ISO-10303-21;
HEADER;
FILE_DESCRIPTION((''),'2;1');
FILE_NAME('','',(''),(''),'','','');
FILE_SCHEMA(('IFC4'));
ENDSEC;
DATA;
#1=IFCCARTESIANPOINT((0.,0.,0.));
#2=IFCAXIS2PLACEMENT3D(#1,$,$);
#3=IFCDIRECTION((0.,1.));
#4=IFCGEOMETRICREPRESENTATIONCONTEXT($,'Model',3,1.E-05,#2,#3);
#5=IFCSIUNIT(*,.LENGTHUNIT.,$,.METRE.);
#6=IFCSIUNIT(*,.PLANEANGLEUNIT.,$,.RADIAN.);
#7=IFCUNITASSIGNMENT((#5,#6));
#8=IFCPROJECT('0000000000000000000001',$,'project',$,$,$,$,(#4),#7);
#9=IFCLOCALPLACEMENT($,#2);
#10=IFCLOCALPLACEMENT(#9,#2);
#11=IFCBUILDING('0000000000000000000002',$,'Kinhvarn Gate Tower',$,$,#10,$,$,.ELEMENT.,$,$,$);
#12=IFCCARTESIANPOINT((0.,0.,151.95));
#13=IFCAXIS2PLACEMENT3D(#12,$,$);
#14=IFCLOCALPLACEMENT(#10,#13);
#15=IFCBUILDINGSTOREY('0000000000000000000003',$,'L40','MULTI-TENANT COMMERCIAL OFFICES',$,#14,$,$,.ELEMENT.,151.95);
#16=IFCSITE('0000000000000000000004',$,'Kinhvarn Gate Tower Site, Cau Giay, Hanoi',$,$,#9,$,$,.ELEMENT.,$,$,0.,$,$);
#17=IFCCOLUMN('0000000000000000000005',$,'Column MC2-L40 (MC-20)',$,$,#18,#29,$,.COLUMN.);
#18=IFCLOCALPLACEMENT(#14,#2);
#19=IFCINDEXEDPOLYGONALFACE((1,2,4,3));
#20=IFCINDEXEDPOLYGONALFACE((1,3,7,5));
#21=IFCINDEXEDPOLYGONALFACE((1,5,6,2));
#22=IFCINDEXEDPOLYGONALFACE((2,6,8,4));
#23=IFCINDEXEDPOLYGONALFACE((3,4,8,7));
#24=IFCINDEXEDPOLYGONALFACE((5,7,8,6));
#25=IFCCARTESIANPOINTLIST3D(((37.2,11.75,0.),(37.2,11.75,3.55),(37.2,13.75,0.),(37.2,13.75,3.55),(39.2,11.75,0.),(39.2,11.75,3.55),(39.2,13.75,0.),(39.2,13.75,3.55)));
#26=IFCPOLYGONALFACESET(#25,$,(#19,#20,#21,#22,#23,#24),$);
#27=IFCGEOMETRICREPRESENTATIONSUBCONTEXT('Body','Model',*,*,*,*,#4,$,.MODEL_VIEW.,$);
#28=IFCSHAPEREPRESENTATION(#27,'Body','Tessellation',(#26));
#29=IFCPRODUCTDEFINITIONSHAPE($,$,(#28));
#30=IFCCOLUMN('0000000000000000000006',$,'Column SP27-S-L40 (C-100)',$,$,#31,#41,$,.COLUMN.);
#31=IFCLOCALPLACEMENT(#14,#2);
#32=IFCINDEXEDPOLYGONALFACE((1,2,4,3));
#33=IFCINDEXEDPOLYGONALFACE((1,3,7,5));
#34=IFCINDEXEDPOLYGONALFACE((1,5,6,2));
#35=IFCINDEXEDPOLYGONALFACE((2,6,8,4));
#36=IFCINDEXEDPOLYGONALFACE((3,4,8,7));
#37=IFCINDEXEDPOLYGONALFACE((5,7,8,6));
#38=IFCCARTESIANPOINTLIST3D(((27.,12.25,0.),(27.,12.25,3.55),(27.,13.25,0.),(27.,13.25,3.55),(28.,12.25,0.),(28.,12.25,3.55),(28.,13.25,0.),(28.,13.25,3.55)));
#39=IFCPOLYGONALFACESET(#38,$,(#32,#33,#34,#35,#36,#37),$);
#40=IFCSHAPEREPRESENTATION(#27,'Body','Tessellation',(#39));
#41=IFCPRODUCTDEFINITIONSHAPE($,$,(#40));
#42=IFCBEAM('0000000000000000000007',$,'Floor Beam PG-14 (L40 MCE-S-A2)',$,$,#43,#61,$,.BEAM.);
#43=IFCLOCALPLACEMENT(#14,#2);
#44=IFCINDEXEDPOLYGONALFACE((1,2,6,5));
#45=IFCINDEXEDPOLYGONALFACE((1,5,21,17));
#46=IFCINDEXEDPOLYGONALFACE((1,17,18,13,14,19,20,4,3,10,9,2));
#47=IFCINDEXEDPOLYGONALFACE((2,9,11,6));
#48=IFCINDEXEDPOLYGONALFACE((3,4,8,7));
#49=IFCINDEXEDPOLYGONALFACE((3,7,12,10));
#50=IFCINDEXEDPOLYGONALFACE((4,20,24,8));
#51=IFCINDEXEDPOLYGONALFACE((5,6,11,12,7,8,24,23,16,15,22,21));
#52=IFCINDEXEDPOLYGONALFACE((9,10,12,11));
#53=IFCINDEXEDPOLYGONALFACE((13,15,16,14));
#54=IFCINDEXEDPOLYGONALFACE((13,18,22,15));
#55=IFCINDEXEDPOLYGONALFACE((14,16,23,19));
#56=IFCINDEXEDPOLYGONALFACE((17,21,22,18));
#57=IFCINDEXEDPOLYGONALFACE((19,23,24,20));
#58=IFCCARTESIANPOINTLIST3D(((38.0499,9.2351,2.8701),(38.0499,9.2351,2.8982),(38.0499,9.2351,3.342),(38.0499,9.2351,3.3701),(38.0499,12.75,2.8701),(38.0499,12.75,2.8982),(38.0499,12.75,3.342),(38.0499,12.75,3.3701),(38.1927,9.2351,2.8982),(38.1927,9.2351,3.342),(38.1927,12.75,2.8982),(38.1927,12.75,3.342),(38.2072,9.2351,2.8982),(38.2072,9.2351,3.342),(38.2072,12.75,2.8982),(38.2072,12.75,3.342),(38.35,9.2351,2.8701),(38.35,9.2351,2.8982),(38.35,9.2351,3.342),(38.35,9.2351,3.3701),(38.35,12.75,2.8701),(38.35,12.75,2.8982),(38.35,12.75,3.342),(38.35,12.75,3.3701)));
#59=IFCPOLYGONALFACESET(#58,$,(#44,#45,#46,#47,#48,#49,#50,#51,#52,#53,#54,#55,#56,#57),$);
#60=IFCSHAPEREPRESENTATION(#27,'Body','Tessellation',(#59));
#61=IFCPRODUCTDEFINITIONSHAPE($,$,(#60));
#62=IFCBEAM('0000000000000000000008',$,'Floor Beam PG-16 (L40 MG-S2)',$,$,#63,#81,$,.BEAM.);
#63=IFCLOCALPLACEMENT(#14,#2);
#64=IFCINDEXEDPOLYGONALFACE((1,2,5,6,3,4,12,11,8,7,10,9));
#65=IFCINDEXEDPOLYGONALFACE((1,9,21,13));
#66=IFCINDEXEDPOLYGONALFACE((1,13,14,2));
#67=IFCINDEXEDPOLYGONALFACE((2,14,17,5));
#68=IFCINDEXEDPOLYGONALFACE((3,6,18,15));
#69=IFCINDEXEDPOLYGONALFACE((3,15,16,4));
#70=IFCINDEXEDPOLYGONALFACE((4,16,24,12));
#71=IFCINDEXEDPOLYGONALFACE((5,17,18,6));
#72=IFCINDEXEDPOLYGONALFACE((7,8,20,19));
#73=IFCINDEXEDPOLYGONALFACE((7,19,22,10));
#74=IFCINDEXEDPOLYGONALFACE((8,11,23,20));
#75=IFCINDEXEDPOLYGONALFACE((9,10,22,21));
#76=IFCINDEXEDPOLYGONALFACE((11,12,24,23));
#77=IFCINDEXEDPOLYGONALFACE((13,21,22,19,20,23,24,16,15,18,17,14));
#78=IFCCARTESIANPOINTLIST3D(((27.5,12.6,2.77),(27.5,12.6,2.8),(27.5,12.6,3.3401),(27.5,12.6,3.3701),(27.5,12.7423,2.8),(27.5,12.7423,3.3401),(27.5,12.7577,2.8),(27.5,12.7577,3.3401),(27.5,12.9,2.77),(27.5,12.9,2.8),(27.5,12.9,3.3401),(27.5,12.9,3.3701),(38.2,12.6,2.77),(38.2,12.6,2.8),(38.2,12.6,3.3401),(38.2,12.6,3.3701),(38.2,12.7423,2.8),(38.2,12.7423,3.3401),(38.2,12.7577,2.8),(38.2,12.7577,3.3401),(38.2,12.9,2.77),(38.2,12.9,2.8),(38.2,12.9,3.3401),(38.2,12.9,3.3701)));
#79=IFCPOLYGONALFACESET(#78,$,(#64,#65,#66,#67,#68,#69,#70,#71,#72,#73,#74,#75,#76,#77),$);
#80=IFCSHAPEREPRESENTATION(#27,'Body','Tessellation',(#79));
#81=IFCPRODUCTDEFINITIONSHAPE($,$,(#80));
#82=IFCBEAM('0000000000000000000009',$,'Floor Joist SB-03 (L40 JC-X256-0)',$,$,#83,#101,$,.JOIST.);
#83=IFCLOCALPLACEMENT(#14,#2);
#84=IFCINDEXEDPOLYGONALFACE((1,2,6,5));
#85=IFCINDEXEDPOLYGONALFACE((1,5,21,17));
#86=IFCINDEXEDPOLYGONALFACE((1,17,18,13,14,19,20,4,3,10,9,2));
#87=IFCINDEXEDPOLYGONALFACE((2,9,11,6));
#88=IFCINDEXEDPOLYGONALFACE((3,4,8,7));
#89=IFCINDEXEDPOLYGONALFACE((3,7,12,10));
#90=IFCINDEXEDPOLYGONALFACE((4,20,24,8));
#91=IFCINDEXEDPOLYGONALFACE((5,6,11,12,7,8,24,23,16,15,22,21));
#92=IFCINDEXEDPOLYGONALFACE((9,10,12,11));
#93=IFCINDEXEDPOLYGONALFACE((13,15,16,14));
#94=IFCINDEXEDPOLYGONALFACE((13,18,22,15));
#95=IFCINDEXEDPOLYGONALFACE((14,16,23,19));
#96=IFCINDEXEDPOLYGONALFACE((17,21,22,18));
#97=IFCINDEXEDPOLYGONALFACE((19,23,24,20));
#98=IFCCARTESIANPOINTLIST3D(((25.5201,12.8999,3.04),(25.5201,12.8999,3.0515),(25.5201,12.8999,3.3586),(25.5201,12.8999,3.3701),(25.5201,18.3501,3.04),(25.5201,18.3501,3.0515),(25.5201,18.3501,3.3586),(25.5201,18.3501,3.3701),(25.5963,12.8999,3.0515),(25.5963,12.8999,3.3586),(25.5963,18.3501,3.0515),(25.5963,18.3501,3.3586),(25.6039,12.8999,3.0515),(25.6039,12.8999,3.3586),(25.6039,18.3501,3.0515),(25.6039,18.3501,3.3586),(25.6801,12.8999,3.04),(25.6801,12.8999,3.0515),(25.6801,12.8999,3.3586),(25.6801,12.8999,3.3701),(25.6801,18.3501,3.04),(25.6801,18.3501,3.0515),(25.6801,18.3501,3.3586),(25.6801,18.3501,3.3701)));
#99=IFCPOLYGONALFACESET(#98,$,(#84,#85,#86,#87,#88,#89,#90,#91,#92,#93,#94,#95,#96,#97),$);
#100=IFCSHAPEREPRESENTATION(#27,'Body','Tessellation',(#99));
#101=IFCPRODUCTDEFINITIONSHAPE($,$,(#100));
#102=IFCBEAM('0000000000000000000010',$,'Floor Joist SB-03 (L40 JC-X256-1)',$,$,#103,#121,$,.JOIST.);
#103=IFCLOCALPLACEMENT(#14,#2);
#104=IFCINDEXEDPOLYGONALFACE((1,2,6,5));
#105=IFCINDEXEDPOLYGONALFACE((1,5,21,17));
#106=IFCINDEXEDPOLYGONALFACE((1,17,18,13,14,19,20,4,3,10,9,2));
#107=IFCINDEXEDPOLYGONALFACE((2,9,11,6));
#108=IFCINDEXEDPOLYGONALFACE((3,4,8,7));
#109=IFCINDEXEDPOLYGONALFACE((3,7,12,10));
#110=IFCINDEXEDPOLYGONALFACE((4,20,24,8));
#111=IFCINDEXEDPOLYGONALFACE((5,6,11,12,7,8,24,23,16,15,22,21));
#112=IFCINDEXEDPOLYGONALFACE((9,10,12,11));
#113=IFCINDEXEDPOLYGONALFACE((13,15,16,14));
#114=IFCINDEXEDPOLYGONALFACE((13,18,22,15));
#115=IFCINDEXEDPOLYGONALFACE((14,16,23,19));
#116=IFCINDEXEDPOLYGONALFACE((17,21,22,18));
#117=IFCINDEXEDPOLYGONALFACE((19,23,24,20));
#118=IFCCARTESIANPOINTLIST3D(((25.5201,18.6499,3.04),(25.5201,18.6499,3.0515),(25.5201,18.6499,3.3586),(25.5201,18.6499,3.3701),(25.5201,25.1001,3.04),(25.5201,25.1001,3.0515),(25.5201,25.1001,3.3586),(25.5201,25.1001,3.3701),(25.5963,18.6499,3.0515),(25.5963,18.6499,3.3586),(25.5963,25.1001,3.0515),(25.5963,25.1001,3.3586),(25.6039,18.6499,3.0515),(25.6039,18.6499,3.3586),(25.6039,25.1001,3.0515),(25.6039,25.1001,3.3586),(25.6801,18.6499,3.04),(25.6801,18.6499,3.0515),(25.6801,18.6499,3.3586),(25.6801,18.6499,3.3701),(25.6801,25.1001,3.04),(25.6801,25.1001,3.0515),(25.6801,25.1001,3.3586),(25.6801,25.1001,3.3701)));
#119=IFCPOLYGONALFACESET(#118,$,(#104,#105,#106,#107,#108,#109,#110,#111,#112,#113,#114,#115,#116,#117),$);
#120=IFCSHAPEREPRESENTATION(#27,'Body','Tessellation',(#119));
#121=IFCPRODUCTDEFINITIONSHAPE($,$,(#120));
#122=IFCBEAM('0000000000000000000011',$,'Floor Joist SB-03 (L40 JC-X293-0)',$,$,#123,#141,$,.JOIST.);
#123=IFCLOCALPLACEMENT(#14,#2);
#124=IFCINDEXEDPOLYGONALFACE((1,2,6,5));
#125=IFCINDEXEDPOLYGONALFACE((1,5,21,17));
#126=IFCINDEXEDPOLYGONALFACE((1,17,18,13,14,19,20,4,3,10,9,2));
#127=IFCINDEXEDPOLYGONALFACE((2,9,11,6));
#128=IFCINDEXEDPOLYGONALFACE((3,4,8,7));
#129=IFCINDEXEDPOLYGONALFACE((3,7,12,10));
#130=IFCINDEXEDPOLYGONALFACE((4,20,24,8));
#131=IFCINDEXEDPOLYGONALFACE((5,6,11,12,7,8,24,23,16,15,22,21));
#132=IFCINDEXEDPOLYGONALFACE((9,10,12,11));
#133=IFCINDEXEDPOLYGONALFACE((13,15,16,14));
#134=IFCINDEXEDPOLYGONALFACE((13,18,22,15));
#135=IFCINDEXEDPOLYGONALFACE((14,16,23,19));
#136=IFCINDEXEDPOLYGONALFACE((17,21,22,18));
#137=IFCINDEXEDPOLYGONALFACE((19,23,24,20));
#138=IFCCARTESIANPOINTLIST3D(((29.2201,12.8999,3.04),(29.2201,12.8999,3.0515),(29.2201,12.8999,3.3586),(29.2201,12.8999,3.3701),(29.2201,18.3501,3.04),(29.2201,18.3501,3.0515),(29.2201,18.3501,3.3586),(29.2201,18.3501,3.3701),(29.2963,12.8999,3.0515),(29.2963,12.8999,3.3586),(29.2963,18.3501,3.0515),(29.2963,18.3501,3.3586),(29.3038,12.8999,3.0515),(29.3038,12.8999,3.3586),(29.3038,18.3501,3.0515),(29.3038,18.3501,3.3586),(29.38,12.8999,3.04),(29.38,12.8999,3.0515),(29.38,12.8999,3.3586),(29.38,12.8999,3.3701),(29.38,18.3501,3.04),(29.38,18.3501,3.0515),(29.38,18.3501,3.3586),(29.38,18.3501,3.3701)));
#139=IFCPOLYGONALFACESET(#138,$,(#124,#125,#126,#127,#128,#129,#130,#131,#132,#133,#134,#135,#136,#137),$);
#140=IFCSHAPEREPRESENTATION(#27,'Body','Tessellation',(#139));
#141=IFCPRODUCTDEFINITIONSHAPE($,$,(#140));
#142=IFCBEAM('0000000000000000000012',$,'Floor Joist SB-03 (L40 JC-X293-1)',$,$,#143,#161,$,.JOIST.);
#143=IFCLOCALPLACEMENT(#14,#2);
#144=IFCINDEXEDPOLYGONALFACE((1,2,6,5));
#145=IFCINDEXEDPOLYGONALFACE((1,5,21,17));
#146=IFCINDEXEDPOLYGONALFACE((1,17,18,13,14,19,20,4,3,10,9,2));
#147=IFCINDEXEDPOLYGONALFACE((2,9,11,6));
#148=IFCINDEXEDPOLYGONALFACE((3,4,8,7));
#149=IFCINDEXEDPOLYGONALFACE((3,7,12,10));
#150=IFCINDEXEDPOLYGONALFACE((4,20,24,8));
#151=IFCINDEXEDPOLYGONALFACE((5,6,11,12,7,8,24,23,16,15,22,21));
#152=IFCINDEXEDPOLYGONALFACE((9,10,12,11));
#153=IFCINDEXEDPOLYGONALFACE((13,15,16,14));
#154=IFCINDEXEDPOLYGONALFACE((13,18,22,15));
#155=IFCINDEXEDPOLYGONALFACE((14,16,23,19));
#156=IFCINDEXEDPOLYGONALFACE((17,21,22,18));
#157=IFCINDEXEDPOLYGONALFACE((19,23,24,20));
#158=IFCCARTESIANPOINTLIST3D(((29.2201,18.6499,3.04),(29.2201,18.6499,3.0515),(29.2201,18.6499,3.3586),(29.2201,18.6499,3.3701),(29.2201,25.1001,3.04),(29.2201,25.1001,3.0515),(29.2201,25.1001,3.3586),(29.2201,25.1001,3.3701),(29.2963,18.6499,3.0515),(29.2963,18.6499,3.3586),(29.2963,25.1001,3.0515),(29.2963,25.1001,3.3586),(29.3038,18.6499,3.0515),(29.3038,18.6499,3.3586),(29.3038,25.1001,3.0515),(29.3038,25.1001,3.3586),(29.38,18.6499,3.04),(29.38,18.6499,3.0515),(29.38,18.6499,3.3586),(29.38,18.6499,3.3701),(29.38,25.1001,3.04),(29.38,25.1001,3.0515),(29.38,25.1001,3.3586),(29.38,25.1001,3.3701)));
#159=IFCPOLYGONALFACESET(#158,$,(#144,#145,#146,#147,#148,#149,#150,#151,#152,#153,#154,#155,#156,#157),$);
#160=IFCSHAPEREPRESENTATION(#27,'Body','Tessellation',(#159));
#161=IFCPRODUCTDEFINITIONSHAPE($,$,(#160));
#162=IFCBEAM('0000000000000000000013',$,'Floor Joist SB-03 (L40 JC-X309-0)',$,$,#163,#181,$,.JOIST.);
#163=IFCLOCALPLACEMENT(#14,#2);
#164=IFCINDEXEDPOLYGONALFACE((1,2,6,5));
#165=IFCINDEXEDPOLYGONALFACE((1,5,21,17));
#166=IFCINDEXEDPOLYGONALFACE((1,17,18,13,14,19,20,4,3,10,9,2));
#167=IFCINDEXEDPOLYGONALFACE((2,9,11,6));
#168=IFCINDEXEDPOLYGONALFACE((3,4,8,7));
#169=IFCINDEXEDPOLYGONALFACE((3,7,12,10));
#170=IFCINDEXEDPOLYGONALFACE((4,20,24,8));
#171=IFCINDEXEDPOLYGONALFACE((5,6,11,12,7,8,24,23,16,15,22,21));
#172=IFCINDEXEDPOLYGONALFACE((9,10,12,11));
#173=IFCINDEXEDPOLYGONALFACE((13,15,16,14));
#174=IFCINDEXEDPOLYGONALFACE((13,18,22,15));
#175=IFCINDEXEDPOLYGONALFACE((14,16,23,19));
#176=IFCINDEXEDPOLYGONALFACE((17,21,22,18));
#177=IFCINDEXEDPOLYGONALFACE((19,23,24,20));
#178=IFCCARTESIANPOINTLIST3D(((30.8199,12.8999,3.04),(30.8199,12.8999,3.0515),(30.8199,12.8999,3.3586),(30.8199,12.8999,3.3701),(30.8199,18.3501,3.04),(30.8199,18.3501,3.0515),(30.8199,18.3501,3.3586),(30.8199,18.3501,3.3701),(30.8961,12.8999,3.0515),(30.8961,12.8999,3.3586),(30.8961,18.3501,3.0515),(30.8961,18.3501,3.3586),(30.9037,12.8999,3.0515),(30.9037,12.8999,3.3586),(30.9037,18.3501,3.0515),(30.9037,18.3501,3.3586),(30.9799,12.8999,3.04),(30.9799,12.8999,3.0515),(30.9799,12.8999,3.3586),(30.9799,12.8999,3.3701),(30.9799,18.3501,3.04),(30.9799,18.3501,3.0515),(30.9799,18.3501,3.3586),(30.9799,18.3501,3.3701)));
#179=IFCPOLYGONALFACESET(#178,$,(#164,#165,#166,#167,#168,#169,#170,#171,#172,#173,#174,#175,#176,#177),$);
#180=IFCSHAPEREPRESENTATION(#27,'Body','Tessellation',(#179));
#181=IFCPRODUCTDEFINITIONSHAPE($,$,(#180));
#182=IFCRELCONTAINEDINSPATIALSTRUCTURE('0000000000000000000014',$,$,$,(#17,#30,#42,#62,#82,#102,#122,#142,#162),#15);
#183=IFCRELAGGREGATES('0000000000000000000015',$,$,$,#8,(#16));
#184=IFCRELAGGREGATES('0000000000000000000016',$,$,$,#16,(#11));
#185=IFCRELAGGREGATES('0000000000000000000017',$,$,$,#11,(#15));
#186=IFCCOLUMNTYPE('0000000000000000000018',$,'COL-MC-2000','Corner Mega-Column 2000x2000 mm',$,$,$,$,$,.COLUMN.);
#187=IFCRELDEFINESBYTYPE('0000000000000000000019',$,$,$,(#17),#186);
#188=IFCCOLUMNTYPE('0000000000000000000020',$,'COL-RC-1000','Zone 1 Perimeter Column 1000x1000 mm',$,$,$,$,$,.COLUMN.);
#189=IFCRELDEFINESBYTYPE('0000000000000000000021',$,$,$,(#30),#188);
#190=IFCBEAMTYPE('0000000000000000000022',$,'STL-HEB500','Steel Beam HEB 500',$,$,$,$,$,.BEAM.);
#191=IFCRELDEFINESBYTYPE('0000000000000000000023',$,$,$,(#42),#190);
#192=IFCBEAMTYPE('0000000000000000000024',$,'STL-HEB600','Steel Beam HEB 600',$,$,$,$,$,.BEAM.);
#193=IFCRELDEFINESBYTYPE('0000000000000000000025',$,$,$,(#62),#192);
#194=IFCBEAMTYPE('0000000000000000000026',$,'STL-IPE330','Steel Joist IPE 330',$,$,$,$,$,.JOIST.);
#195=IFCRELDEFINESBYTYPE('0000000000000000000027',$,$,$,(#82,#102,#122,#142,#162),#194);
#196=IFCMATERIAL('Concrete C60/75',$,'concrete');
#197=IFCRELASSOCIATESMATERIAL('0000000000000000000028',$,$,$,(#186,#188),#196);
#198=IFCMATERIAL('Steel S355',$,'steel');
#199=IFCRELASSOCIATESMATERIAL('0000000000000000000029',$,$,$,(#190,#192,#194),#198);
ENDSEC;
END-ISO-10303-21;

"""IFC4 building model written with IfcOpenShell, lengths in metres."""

from ifc_helpers import new_model, si_unit, direction, frame, origin, origin_2d, place, context, subcontext, project, spatial, rectangle, i_section, extrude, material, material_profile, profile_set, type_object, element, save


model = new_model("IFC4")

# Units and contexts
model_context = context("Model", 3, precision=1e-05, world=origin(), true_north=direction((0.0, 1.0)))
body_context = subcontext(model_context, "Body", "Model", "MODEL_VIEW")
ifc_project = project(units=[si_unit("LENGTHUNIT", "METRE"), si_unit("PLANEANGLEUNIT", "RADIAN")], contexts=[model_context])

# Site, building, storey
site_placement = place(None, origin())
site = spatial("IfcSite", under=ifc_project, at=site_placement, Name="Kinhvarn Gate Tower Site, Cau Giay, Hanoi", CompositionType="ELEMENT", RefElevation=0.0)
building_placement = place(site_placement, origin())
building = spatial("IfcBuilding", under=site, at=building_placement, Name="Kinhvarn Gate Tower", CompositionType="ELEMENT")
storey_placement = place(building_placement, frame((0.0, 0.0, 151.95)))
storey = spatial("IfcBuildingStorey", under=building, at=storey_placement, Name="L40", Description="MULTI-TENANT COMMERCIAL OFFICES", CompositionType="ELEMENT", Elevation=151.95)

# Columns
ifc_material_1 = material(Name="Concrete C60/75", Category="concrete")
ifc_material_profile_1 = material_profile(ifc_material_1, rectangle(XDim=2.0, YDim=2.0, at=origin_2d()), Name="RC 2000x2000")
ifc_profile_set_1 = profile_set([ifc_material_profile_1], Name="Concrete C60/75")
column_type_1 = type_object("IfcColumnType", Name="COL-MC-2000", Description="Corner Mega-Column 2000x2000 mm", PredefinedType="COLUMN", material=ifc_profile_set_1)
column_1_placement = place(storey_placement, frame((38.2, 12.75, 0.0), z_axis=(0.0, 0.0, 1.0), x_axis=(1.0, 0.0, 0.0)))
element("IfcColumn", 1, at=column_1_placement, inside=storey, type_object=column_type_1, Name="Column MC2-L40 (MC-20)", PredefinedType="COLUMN", context=body_context, shape_type="SweptSolid", body=[
    extrude(rectangle(XDim=2.0, YDim=2.0, at=origin_2d()), origin(), (0.0, 0.0, 1.0), 3.55),
])
ifc_material_profile_2 = material_profile(ifc_material_1, rectangle(XDim=1.0, YDim=1.0, at=origin_2d()), Name="RC 1000x1000")
ifc_profile_set_2 = profile_set([ifc_material_profile_2], Name="Concrete C60/75")
column_type_2 = type_object("IfcColumnType", Name="COL-RC-1000", Description="Zone 1 Perimeter Column 1000x1000 mm", PredefinedType="COLUMN", material=ifc_profile_set_2)
column_2_placement = place(storey_placement, frame((27.5, 12.75, 0.0), z_axis=(0.0, 0.0, 1.0), x_axis=(1.0, 0.0, 0.0)))
element("IfcColumn", 2, at=column_2_placement, inside=storey, type_object=column_type_2, Name="Column SP27-S-L40 (C-100)", PredefinedType="COLUMN", context=body_context, shape_type="SweptSolid", body=[
    extrude(rectangle(XDim=1.0, YDim=1.0, at=origin_2d()), origin(), (0.0, 0.0, 1.0), 3.55),
])

# Beams
ifc_material_2 = material(Name="Steel S355", Category="steel")
ifc_material_profile_3 = material_profile(ifc_material_2, i_section(OverallWidth=0.3, OverallDepth=0.5, WebThickness=0.0144, FlangeThickness=0.0281, at=origin_2d()), Name="HEB 500")
ifc_profile_set_3 = profile_set([ifc_material_profile_3], Name="Steel S355")
beam_type_1 = type_object("IfcBeamType", Name="STL-HEB500", Description="Steel Beam HEB 500", PredefinedType="BEAM", material=ifc_profile_set_3)
beam_1_placement = place(storey_placement, frame((38.2, 9.2351, 3.1201), z_axis=(0.0, 1.0, 0.0), x_axis=(-1.0, 0.0, 0.0)))
element("IfcBeam", 3, at=beam_1_placement, inside=storey, type_object=beam_type_1, Name="Floor Beam PG-14 (L40 MCE-S-A2)", PredefinedType="BEAM", context=body_context, shape_type="SweptSolid", body=[
    extrude(i_section(OverallWidth=0.3, OverallDepth=0.5, WebThickness=0.0144, FlangeThickness=0.0281, at=origin_2d()), origin(), (0.0, 0.0, 1.0), 3.5149),
])
ifc_material_profile_4 = material_profile(ifc_material_2, i_section(OverallWidth=0.3, OverallDepth=0.6001, WebThickness=0.0154, FlangeThickness=0.03, at=origin_2d()), Name="HEB 600")
ifc_profile_set_4 = profile_set([ifc_material_profile_4], Name="Steel S355")
beam_type_2 = type_object("IfcBeamType", Name="STL-HEB600", Description="Steel Beam HEB 600", PredefinedType="BEAM", material=ifc_profile_set_4)
beam_2_placement = place(storey_placement, frame((27.5, 12.75, 3.0701), z_axis=(1.0, 0.0, 0.0), x_axis=(0.0, 1.0, 0.0)))
element("IfcBeam", 4, at=beam_2_placement, inside=storey, type_object=beam_type_2, Name="Floor Beam PG-16 (L40 MG-S2)", PredefinedType="BEAM", context=body_context, shape_type="SweptSolid", body=[
    extrude(i_section(OverallWidth=0.3, OverallDepth=0.6001, WebThickness=0.0154, FlangeThickness=0.03, at=origin_2d()), origin(), (0.0, 0.0, 1.0), 10.7),
])
ifc_material_profile_5 = material_profile(ifc_material_2, i_section(OverallWidth=0.1599, OverallDepth=0.3301, WebThickness=0.0076, FlangeThickness=0.0115, at=origin_2d()), Name="IPE 330")
ifc_profile_set_5 = profile_set([ifc_material_profile_5], Name="Steel S355")
beam_type_3 = type_object("IfcBeamType", Name="STL-IPE330", Description="Steel Joist IPE 330", PredefinedType="JOIST", material=ifc_profile_set_5)
beam_3_placement = place(storey_placement, frame((25.6001, 12.8999, 3.2051), z_axis=(0.0, 1.0, 0.0), x_axis=(-1.0, 0.0, 0.0)))
element("IfcBeam", 5, at=beam_3_placement, inside=storey, type_object=beam_type_3, Name="Floor Joist SB-03 (L40 JC-X256-0)", PredefinedType="JOIST", context=body_context, shape_type="SweptSolid", body=[
    extrude(i_section(OverallWidth=0.1599, OverallDepth=0.3301, WebThickness=0.0076, FlangeThickness=0.0115, at=origin_2d()), origin(), (0.0, 0.0, 1.0), 5.4502),
])
beam_4_placement = place(storey_placement, frame((25.6001, 18.6499, 3.2051), z_axis=(0.0, 1.0, 0.0), x_axis=(-1.0, 0.0, 0.0)))
element("IfcBeam", 6, at=beam_4_placement, inside=storey, type_object=beam_type_3, Name="Floor Joist SB-03 (L40 JC-X256-1)", PredefinedType="JOIST", context=body_context, shape_type="SweptSolid", body=[
    extrude(i_section(OverallWidth=0.1599, OverallDepth=0.3301, WebThickness=0.0076, FlangeThickness=0.0115, at=origin_2d()), origin(), (0.0, 0.0, 1.0), 6.4502),
])
beam_5_placement = place(storey_placement, frame((29.3, 12.8999, 3.2051), z_axis=(0.0, 1.0, 0.0), x_axis=(-1.0, 0.0, 0.0)))
element("IfcBeam", 7, at=beam_5_placement, inside=storey, type_object=beam_type_3, Name="Floor Joist SB-03 (L40 JC-X293-0)", PredefinedType="JOIST", context=body_context, shape_type="SweptSolid", body=[
    extrude(i_section(OverallWidth=0.1599, OverallDepth=0.3301, WebThickness=0.0076, FlangeThickness=0.0115, at=origin_2d()), origin(), (0.0, 0.0, 1.0), 5.4502),
])
beam_6_placement = place(storey_placement, frame((29.3, 18.6499, 3.2051), z_axis=(0.0, 1.0, 0.0), x_axis=(-1.0, 0.0, 0.0)))
element("IfcBeam", 8, at=beam_6_placement, inside=storey, type_object=beam_type_3, Name="Floor Joist SB-03 (L40 JC-X293-1)", PredefinedType="JOIST", context=body_context, shape_type="SweptSolid", body=[
    extrude(i_section(OverallWidth=0.1599, OverallDepth=0.3301, WebThickness=0.0076, FlangeThickness=0.0115, at=origin_2d()), origin(), (0.0, 0.0, 1.0), 6.4502),
])
beam_7_placement = place(storey_placement, frame((30.8999, 12.8999, 3.2051), z_axis=(0.0, 1.0, 0.0), x_axis=(-1.0, 0.0, 0.0)))
element("IfcBeam", 9, at=beam_7_placement, inside=storey, type_object=beam_type_3, Name="Floor Joist SB-03 (L40 JC-X309-0)", PredefinedType="JOIST", context=body_context, shape_type="SweptSolid", body=[
    extrude(i_section(OverallWidth=0.1599, OverallDepth=0.3301, WebThickness=0.0076, FlangeThickness=0.0115, at=origin_2d()), origin(), (0.0, 0.0, 1.0), 5.4502),
])

save(model, "model.ifc")
